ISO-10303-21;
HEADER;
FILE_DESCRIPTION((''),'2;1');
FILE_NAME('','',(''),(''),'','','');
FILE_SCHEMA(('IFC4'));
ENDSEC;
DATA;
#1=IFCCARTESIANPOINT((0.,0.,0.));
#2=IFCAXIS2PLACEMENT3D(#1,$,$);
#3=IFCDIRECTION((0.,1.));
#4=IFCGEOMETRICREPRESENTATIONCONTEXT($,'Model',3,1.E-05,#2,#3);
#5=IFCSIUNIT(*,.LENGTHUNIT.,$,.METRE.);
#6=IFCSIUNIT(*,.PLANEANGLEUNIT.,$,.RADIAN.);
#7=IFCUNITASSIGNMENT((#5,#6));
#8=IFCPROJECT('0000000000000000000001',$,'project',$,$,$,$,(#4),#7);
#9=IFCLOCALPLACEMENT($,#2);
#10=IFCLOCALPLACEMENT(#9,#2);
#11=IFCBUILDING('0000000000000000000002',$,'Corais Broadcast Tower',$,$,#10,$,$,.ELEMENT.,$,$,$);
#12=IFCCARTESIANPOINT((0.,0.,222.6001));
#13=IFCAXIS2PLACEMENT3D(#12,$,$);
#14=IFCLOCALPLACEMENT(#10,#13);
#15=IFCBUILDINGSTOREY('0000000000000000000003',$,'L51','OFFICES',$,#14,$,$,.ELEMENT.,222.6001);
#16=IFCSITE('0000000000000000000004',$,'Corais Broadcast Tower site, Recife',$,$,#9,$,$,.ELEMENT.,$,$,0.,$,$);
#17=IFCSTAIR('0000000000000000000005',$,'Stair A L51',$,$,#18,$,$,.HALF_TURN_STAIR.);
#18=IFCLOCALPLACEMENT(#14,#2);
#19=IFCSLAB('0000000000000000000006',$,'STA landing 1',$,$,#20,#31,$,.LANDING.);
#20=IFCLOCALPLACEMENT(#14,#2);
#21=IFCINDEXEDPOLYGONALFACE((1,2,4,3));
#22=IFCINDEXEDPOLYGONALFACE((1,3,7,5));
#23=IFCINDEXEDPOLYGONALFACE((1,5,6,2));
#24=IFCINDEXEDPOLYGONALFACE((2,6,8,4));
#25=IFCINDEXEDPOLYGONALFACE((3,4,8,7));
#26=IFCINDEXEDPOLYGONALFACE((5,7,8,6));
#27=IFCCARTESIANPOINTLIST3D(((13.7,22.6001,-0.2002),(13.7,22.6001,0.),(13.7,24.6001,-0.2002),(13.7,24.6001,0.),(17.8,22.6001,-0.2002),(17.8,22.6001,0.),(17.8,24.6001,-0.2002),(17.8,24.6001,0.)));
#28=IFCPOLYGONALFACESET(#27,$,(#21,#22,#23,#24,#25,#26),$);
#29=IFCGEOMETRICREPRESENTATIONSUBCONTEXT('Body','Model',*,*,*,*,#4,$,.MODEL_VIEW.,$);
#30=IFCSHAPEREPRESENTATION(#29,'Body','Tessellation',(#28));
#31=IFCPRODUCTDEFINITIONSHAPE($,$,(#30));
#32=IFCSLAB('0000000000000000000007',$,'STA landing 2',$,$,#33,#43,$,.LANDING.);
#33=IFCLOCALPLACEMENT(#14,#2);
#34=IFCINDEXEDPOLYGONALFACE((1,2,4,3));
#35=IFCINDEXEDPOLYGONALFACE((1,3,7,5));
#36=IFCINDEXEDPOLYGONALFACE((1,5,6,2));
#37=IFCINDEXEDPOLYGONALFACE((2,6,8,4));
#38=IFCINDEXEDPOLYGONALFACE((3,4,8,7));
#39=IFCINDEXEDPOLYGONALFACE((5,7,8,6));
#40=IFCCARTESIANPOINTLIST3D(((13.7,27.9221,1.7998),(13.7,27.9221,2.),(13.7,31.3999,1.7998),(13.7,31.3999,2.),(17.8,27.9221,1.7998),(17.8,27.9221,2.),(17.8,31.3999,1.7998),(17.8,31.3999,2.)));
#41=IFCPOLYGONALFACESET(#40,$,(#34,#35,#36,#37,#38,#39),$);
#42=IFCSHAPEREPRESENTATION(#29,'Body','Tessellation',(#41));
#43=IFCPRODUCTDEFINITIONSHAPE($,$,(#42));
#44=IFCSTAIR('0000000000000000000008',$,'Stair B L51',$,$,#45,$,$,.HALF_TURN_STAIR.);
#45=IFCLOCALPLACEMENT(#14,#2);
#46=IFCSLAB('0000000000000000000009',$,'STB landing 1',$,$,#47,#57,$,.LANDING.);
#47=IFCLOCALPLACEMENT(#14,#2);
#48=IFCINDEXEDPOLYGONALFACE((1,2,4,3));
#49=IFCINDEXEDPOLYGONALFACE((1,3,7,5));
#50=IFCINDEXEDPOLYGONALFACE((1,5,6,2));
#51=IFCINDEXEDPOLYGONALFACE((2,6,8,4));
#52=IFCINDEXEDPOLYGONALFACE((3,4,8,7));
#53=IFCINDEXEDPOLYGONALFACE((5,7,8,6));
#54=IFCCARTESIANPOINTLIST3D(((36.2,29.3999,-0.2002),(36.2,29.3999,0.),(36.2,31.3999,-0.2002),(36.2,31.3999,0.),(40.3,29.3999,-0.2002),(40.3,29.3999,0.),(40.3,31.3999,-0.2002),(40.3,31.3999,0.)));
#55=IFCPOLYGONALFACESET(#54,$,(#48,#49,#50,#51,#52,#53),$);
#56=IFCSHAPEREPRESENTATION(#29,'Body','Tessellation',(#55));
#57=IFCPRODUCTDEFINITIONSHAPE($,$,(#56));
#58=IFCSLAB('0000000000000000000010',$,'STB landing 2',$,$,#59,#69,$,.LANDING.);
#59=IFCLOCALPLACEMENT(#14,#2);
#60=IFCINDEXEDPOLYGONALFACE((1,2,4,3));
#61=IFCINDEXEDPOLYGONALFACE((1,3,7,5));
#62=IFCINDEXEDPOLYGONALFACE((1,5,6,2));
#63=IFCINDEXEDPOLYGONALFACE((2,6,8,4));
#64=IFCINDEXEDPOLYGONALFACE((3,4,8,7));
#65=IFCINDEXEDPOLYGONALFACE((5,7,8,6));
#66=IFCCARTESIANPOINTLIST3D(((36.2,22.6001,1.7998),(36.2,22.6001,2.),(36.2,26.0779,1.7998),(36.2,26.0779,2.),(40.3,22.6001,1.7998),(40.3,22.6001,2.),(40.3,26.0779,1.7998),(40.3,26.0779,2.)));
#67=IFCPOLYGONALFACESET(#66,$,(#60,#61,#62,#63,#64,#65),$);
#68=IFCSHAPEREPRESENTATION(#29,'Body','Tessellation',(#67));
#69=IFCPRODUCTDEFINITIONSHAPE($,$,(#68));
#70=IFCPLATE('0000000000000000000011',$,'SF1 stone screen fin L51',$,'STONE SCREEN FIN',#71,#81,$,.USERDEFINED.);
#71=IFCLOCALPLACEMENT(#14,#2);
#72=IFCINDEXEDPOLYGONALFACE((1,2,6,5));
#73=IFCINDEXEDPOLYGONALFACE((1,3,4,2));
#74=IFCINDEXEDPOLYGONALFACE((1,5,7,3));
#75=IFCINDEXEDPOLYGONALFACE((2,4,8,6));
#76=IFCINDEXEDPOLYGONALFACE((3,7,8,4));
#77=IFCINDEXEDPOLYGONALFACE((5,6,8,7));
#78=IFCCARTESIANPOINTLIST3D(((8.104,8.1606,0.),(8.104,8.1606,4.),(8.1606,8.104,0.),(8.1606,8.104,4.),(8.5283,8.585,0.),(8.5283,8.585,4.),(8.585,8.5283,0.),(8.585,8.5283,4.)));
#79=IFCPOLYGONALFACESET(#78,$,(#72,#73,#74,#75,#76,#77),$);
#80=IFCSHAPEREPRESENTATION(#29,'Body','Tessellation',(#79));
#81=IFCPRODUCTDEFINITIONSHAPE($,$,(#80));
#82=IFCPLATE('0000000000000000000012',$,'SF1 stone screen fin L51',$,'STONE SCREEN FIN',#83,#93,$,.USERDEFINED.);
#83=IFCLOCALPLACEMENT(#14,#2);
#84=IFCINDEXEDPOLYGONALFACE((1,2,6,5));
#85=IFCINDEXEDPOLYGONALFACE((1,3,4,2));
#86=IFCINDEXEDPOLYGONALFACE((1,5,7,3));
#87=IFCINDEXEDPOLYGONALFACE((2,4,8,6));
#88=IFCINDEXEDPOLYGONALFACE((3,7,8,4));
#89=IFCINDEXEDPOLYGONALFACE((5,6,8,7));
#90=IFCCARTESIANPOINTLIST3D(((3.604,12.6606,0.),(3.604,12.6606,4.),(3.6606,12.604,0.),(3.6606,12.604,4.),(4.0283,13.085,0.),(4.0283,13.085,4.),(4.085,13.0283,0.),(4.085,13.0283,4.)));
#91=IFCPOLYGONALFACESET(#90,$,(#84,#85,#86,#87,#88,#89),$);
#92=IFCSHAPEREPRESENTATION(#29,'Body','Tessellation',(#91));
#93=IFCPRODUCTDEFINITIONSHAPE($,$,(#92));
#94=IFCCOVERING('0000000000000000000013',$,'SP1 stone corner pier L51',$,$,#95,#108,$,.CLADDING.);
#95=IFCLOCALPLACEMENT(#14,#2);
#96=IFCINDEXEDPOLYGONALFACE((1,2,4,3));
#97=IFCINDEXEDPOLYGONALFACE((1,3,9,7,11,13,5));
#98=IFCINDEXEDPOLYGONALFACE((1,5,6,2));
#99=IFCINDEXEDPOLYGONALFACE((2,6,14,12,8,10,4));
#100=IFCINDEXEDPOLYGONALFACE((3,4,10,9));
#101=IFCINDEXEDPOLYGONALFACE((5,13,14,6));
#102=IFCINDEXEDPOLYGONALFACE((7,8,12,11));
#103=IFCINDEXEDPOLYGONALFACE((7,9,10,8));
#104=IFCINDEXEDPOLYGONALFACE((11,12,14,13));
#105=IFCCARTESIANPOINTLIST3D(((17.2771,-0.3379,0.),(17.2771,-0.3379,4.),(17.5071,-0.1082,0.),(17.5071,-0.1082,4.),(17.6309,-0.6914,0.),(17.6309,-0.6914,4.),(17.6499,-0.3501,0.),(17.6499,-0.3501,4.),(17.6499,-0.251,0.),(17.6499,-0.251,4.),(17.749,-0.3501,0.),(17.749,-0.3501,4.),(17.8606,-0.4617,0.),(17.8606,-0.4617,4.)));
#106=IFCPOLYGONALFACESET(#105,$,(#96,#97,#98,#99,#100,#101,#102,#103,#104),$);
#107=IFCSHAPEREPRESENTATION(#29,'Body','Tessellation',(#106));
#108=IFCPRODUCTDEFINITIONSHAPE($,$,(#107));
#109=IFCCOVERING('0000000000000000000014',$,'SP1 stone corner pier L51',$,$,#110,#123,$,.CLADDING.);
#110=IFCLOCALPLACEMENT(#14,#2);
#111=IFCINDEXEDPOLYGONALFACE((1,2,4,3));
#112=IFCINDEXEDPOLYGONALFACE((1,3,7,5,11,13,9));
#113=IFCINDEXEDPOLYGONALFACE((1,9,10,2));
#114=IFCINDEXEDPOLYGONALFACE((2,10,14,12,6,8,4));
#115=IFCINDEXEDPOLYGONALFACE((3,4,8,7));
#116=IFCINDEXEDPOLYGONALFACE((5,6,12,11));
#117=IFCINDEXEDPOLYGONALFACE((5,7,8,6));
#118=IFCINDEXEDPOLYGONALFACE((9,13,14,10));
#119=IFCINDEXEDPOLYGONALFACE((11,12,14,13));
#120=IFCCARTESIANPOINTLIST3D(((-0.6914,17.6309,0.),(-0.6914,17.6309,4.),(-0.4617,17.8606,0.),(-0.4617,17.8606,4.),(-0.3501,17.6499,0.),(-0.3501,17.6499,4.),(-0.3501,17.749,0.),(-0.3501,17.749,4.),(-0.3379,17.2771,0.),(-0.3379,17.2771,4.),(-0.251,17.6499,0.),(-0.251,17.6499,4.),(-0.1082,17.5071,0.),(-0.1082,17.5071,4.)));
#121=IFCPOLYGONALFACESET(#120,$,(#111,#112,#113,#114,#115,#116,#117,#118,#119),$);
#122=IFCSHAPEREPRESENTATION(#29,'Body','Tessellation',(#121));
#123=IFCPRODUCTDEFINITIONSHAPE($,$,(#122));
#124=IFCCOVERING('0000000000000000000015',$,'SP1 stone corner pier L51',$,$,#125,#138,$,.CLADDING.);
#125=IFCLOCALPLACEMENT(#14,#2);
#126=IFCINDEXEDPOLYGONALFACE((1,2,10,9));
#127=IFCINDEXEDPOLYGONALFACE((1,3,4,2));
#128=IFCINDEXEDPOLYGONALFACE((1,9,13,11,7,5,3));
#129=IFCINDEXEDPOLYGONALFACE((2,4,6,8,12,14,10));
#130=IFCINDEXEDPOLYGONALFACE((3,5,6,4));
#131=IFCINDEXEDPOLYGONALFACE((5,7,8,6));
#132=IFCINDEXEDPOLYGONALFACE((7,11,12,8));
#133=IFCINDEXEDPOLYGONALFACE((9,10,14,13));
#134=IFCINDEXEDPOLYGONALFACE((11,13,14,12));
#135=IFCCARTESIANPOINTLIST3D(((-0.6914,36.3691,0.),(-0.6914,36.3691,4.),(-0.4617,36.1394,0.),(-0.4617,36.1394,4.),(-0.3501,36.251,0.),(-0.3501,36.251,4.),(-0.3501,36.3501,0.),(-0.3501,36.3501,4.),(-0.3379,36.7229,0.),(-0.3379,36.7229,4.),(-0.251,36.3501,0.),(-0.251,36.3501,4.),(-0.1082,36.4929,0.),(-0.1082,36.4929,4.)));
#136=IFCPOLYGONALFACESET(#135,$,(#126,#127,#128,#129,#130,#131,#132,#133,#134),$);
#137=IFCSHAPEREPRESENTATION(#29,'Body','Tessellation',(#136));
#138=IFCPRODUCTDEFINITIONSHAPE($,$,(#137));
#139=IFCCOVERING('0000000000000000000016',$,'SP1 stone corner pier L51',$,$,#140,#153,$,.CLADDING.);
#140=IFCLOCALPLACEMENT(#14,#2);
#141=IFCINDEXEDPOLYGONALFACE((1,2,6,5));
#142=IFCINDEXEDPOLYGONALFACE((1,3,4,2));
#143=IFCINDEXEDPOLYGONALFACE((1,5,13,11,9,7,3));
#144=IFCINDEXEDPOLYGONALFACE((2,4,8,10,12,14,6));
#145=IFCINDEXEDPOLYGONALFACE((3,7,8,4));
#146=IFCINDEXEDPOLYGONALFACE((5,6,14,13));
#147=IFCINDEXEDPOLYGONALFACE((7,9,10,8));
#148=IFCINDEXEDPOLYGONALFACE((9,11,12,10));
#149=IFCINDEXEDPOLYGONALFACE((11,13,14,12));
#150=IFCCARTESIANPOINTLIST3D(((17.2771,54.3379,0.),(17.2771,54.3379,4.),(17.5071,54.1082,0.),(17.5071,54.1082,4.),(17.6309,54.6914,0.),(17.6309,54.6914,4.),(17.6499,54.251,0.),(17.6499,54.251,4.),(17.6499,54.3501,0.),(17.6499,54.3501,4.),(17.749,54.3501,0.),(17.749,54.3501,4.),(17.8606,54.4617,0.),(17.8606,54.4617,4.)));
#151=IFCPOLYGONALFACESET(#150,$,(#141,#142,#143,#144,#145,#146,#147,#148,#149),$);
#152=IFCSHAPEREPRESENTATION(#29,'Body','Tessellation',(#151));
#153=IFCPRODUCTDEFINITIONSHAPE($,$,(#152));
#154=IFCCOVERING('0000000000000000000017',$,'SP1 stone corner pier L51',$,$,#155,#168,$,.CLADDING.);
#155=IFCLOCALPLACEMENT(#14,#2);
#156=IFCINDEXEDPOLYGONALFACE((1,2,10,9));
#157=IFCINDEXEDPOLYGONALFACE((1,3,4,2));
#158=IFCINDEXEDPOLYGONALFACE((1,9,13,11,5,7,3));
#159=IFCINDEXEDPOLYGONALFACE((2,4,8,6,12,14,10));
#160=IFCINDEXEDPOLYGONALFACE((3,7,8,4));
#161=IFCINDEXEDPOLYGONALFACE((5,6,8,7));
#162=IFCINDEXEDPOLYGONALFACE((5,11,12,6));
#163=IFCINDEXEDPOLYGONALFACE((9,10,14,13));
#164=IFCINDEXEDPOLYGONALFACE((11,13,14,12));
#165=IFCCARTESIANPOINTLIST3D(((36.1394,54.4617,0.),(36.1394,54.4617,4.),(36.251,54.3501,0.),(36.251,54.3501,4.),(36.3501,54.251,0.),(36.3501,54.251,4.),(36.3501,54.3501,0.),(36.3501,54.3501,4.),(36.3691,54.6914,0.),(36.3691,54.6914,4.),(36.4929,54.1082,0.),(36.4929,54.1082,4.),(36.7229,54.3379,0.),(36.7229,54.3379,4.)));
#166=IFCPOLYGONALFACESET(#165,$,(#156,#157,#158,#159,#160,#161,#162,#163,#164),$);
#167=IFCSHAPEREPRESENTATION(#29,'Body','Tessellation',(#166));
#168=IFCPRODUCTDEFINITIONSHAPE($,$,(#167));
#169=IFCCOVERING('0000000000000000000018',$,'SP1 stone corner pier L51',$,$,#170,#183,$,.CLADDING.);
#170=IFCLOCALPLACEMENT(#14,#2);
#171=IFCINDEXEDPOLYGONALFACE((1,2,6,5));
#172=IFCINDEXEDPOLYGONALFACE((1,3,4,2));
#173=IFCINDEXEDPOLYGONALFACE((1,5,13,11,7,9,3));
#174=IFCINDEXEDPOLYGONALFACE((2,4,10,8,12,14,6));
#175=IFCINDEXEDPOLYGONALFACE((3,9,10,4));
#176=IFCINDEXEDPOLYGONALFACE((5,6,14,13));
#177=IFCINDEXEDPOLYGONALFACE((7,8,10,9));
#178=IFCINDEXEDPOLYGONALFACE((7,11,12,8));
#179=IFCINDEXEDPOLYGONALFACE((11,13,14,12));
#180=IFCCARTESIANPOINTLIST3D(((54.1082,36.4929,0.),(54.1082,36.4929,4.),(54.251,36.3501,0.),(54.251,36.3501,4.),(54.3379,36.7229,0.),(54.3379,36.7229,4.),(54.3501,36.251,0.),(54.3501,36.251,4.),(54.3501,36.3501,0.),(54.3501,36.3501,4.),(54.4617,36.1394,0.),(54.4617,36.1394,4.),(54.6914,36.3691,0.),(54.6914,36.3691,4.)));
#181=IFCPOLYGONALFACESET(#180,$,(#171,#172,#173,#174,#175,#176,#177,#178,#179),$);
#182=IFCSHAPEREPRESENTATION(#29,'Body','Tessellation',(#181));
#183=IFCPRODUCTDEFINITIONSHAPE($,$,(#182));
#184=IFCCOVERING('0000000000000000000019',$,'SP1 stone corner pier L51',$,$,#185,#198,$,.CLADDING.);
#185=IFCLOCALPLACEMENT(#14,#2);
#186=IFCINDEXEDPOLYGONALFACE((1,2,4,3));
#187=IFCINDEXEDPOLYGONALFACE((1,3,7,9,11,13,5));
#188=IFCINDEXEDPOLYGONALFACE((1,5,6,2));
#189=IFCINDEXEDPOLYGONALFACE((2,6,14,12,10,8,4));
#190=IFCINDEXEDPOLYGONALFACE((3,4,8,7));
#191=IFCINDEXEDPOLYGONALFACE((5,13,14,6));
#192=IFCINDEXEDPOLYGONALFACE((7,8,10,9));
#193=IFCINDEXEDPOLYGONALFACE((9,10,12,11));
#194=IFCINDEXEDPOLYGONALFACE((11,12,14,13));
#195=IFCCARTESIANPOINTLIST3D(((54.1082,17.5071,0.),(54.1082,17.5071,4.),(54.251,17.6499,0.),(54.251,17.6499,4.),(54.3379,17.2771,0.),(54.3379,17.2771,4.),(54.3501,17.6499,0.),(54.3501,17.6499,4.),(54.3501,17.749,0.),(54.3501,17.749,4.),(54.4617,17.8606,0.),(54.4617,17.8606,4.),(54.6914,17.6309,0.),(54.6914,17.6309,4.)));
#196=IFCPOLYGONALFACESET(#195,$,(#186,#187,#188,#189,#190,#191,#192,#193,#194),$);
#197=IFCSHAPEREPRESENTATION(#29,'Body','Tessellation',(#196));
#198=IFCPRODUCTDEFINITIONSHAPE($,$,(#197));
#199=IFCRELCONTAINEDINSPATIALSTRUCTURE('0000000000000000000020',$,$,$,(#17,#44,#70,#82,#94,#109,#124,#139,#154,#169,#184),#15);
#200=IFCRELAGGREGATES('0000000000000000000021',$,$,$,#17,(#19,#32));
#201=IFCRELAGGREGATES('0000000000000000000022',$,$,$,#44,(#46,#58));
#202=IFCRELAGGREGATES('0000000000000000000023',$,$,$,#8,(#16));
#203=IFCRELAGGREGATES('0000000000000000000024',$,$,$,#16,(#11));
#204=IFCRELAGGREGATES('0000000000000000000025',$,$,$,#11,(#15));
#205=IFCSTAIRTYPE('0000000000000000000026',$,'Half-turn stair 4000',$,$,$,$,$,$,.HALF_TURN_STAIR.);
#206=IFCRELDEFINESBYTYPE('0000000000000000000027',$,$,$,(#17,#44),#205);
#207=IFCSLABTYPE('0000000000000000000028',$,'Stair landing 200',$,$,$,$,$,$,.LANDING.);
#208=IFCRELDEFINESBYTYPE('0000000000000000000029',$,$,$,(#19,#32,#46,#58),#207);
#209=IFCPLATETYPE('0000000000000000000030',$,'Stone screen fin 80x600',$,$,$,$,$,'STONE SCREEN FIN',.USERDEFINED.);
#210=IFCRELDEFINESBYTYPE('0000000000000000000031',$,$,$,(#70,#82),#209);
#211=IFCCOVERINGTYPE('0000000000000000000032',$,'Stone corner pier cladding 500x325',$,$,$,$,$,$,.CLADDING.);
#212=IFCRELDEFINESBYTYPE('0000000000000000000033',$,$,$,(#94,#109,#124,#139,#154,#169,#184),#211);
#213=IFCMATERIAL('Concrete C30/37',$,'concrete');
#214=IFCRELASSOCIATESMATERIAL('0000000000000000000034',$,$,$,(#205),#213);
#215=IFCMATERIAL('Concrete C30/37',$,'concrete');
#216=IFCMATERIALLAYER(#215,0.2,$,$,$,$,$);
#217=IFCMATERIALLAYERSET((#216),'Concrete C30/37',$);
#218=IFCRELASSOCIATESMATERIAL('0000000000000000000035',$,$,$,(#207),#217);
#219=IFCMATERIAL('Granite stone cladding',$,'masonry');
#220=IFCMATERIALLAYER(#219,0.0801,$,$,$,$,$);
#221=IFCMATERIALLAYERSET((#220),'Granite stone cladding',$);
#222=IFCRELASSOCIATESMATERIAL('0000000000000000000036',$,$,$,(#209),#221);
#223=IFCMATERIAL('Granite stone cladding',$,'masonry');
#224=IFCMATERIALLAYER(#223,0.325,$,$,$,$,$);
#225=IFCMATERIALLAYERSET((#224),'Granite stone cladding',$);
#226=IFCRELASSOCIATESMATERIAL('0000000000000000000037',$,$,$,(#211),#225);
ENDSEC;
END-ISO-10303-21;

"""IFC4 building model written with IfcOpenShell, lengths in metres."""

from ifc_helpers import new_model, si_unit, direction, frame, origin, origin_2d, place, context, subcontext, project, spatial, polyline, rectangle, outline, extrude, material, layer, layer_set, type_object, element, aggregate, save


model = new_model("IFC4")

# Units and contexts
model_context = context("Model", 3, precision=1e-05, world=origin(), true_north=direction((0.0, 1.0)))
body_context = subcontext(model_context, "Body", "Model", "MODEL_VIEW")
ifc_project = project(units=[si_unit("LENGTHUNIT", "METRE"), si_unit("PLANEANGLEUNIT", "RADIAN")], contexts=[model_context])

# Site, building, storey
site_placement = place(None, origin())
site = spatial("IfcSite", under=ifc_project, at=site_placement, Name="Corais Broadcast Tower site, Recife", CompositionType="ELEMENT", RefElevation=0.0)
building_placement = place(site_placement, origin())
building = spatial("IfcBuilding", under=site, at=building_placement, Name="Corais Broadcast Tower", CompositionType="ELEMENT")
storey_placement = place(building_placement, frame((0.0, 0.0, 222.6001)))
storey = spatial("IfcBuildingStorey", under=building, at=storey_placement, Name="L51", Description="OFFICES", CompositionType="ELEMENT", Elevation=222.6001)

# Stairs, slabs
ifc_material_1 = material(Name="Concrete C30/37", Category="concrete")
stair_type = type_object("IfcStairType", Name="Half-turn stair 4000", PredefinedType="HALF_TURN_STAIR", material=ifc_material_1)
stair_1_placement = place(storey_placement, origin())
stair_1 = element("IfcStair", 1, at=stair_1_placement, inside=storey, type_object=stair_type, Name="Stair A L51", PredefinedType="HALF_TURN_STAIR")
ifc_material_2 = material(Name="Concrete C30/37", Category="concrete")
ifc_layer_1 = layer(ifc_material_2, 0.2)
ifc_layer_set_1 = layer_set([ifc_layer_1], Name="Concrete C30/37")
slab_type_1 = type_object("IfcSlabType", Name="Stair landing 200", PredefinedType="LANDING", material=ifc_layer_set_1)
slab_1_placement = place(storey_placement, frame((0.0, 0.0, -0.2002)))
slab_1 = element("IfcSlab", 2, at=slab_1_placement, type_object=slab_type_1, Name="STA landing 1", PredefinedType="LANDING", context=body_context, shape_type="SweptSolid", body=[
    extrude(outline(polyline([(13.7, 22.6001), (17.8, 22.6001), (17.8, 24.6001), (13.7, 24.6001), (13.7, 22.6001)])), origin(), (0.0, 0.0, 1.0), 0.2002),
])
slab_2_placement = place(storey_placement, frame((0.0, 0.0, 1.7998)))
slab_2 = element("IfcSlab", 3, at=slab_2_placement, type_object=slab_type_1, Name="STA landing 2", PredefinedType="LANDING", context=body_context, shape_type="SweptSolid", body=[
    extrude(outline(polyline([(13.7, 27.9221), (17.8, 27.9221), (17.8, 31.3999), (13.7, 31.3999), (13.7, 27.9221)])), origin(), (0.0, 0.0, 1.0), 0.2002),
])
aggregate(stair_1, [slab_1, slab_2])
stair_2_placement = place(storey_placement, origin())
stair_2 = element("IfcStair", 4, at=stair_2_placement, inside=storey, type_object=stair_type, Name="Stair B L51", PredefinedType="HALF_TURN_STAIR")
slab_3_placement = place(storey_placement, frame((0.0, 0.0, -0.2002)))
slab_3 = element("IfcSlab", 5, at=slab_3_placement, type_object=slab_type_1, Name="STB landing 1", PredefinedType="LANDING", context=body_context, shape_type="SweptSolid", body=[
    extrude(outline(polyline([(36.2, 29.3999), (40.3, 29.3999), (40.3, 31.3999), (36.2, 31.3999), (36.2, 29.3999)])), origin(), (0.0, 0.0, 1.0), 0.2002),
])
slab_4_placement = place(storey_placement, frame((0.0, 0.0, 1.7998)))
slab_4 = element("IfcSlab", 6, at=slab_4_placement, type_object=slab_type_1, Name="STB landing 2", PredefinedType="LANDING", context=body_context, shape_type="SweptSolid", body=[
    extrude(outline(polyline([(36.2, 22.6001), (40.3, 22.6001), (40.3, 26.0779), (36.2, 26.0779), (36.2, 22.6001)])), origin(), (0.0, 0.0, 1.0), 0.2002),
])
aggregate(stair_2, [slab_3, slab_4])

# Plates
ifc_material_3 = material(Name="Granite stone cladding", Category="masonry")
ifc_layer_2 = layer(ifc_material_3, 0.0801)
ifc_layer_set_2 = layer_set([ifc_layer_2], Name="Granite stone cladding")
plate_type_1 = type_object("IfcPlateType", Name="Stone screen fin 80x600", ElementType="STONE SCREEN FIN", PredefinedType="USERDEFINED", material=ifc_layer_set_2)
for number, where, z_axis, x_axis, name in (
    (7, (8.3445, 8.3445, 0.0), (0.0, 0.0, 1.0), (-0.707107, 0.707107, 0.0), "SF1 stone screen fin L51"),
    (8, (3.8445, 12.8445, 0.0), (0.0, 0.0, 1.0), (-0.707107, 0.707107, 0.0), "SF1 stone screen fin L51"),
):
    element("IfcPlate", number, at=place(storey_placement, frame(where, z_axis=z_axis, x_axis=x_axis)), inside=storey, type_object=plate_type_1, Name=name, ObjectType="STONE SCREEN FIN", PredefinedType="USERDEFINED", context=body_context, shape_type="SweptSolid", body=[
        extrude(rectangle(XDim=0.0801, YDim=0.6001, at=origin_2d()), origin(), (0.0, 0.0, 1.0), 4.0),
    ])

# Coverings
ifc_material_4 = material(Name="Granite stone cladding", Category="masonry")
ifc_layer_3 = layer(ifc_material_4, 0.325)
ifc_layer_set_3 = layer_set([ifc_layer_3], Name="Granite stone cladding")
covering_type_1 = type_object("IfcCoveringType", Name="Stone corner pier cladding 500x325", PredefinedType="CLADDING", material=ifc_layer_set_3)
covering_1_placement = place(storey_placement, origin())
element("IfcCovering", 9, at=covering_1_placement, inside=storey, type_object=covering_type_1, Name="SP1 stone corner pier L51", PredefinedType="CLADDING", context=body_context, shape_type="SweptSolid", body=[
    extrude(outline(polyline([(17.8606, -0.4617), (17.749, -0.3501), (17.6499, -0.3501), (17.6499, -0.251), (17.5071, -0.1082), (17.2771, -0.3379), (17.6309, -0.6914), (17.8606, -0.4617)])), origin(), (0.0, 0.0, 1.0), 4.0),
])
covering_2_placement = place(storey_placement, origin())
element("IfcCovering", 10, at=covering_2_placement, inside=storey, type_object=covering_type_1, Name="SP1 stone corner pier L51", PredefinedType="CLADDING", context=body_context, shape_type="SweptSolid", body=[
    extrude(outline(polyline([(-0.3501, 17.749), (-0.4617, 17.8606), (-0.6914, 17.6309), (-0.3379, 17.2771), (-0.1082, 17.5071), (-0.251, 17.6499), (-0.3501, 17.6499), (-0.3501, 17.749)])), origin(), (0.0, 0.0, 1.0), 4.0),
])
covering_3_placement = place(storey_placement, origin())
element("IfcCovering", 11, at=covering_3_placement, inside=storey, type_object=covering_type_1, Name="SP1 stone corner pier L51", PredefinedType="CLADDING", context=body_context, shape_type="SweptSolid", body=[
    extrude(outline(polyline([(-0.4617, 36.1394), (-0.3501, 36.251), (-0.3501, 36.3501), (-0.251, 36.3501), (-0.1082, 36.4929), (-0.3379, 36.7229), (-0.6914, 36.3691), (-0.4617, 36.1394)])), origin(), (0.0, 0.0, 1.0), 4.0),
])
covering_4_placement = place(storey_placement, origin())
element("IfcCovering", 12, at=covering_4_placement, inside=storey, type_object=covering_type_1, Name="SP1 stone corner pier L51", PredefinedType="CLADDING", context=body_context, shape_type="SweptSolid", body=[
    extrude(outline(polyline([(17.749, 54.3501), (17.8606, 54.4617), (17.6309, 54.6914), (17.2771, 54.3379), (17.5071, 54.1082), (17.6499, 54.251), (17.6499, 54.3501), (17.749, 54.3501)])), origin(), (0.0, 0.0, 1.0), 4.0),
])
covering_5_placement = place(storey_placement, origin())
element("IfcCovering", 13, at=covering_5_placement, inside=storey, type_object=covering_type_1, Name="SP1 stone corner pier L51", PredefinedType="CLADDING", context=body_context, shape_type="SweptSolid", body=[
    extrude(outline(polyline([(36.1394, 54.4617), (36.251, 54.3501), (36.3501, 54.3501), (36.3501, 54.251), (36.4929, 54.1082), (36.7229, 54.3379), (36.3691, 54.6914), (36.1394, 54.4617)])), origin(), (0.0, 0.0, 1.0), 4.0),
])
covering_6_placement = place(storey_placement, origin())
element("IfcCovering", 14, at=covering_6_placement, inside=storey, type_object=covering_type_1, Name="SP1 stone corner pier L51", PredefinedType="CLADDING", context=body_context, shape_type="SweptSolid", body=[
    extrude(outline(polyline([(54.3501, 36.251), (54.4617, 36.1394), (54.6914, 36.3691), (54.3379, 36.7229), (54.1082, 36.4929), (54.251, 36.3501), (54.3501, 36.3501), (54.3501, 36.251)])), origin(), (0.0, 0.0, 1.0), 4.0),
])
covering_7_placement = place(storey_placement, origin())
element("IfcCovering", 15, at=covering_7_placement, inside=storey, type_object=covering_type_1, Name="SP1 stone corner pier L51", PredefinedType="CLADDING", context=body_context, shape_type="SweptSolid", body=[
    extrude(outline(polyline([(54.4617, 17.8606), (54.3501, 17.749), (54.3501, 17.6499), (54.251, 17.6499), (54.1082, 17.5071), (54.3379, 17.2771), (54.6914, 17.6309), (54.4617, 17.8606)])), origin(), (0.0, 0.0, 1.0), 4.0),
])

save(model, "model.ifc")
